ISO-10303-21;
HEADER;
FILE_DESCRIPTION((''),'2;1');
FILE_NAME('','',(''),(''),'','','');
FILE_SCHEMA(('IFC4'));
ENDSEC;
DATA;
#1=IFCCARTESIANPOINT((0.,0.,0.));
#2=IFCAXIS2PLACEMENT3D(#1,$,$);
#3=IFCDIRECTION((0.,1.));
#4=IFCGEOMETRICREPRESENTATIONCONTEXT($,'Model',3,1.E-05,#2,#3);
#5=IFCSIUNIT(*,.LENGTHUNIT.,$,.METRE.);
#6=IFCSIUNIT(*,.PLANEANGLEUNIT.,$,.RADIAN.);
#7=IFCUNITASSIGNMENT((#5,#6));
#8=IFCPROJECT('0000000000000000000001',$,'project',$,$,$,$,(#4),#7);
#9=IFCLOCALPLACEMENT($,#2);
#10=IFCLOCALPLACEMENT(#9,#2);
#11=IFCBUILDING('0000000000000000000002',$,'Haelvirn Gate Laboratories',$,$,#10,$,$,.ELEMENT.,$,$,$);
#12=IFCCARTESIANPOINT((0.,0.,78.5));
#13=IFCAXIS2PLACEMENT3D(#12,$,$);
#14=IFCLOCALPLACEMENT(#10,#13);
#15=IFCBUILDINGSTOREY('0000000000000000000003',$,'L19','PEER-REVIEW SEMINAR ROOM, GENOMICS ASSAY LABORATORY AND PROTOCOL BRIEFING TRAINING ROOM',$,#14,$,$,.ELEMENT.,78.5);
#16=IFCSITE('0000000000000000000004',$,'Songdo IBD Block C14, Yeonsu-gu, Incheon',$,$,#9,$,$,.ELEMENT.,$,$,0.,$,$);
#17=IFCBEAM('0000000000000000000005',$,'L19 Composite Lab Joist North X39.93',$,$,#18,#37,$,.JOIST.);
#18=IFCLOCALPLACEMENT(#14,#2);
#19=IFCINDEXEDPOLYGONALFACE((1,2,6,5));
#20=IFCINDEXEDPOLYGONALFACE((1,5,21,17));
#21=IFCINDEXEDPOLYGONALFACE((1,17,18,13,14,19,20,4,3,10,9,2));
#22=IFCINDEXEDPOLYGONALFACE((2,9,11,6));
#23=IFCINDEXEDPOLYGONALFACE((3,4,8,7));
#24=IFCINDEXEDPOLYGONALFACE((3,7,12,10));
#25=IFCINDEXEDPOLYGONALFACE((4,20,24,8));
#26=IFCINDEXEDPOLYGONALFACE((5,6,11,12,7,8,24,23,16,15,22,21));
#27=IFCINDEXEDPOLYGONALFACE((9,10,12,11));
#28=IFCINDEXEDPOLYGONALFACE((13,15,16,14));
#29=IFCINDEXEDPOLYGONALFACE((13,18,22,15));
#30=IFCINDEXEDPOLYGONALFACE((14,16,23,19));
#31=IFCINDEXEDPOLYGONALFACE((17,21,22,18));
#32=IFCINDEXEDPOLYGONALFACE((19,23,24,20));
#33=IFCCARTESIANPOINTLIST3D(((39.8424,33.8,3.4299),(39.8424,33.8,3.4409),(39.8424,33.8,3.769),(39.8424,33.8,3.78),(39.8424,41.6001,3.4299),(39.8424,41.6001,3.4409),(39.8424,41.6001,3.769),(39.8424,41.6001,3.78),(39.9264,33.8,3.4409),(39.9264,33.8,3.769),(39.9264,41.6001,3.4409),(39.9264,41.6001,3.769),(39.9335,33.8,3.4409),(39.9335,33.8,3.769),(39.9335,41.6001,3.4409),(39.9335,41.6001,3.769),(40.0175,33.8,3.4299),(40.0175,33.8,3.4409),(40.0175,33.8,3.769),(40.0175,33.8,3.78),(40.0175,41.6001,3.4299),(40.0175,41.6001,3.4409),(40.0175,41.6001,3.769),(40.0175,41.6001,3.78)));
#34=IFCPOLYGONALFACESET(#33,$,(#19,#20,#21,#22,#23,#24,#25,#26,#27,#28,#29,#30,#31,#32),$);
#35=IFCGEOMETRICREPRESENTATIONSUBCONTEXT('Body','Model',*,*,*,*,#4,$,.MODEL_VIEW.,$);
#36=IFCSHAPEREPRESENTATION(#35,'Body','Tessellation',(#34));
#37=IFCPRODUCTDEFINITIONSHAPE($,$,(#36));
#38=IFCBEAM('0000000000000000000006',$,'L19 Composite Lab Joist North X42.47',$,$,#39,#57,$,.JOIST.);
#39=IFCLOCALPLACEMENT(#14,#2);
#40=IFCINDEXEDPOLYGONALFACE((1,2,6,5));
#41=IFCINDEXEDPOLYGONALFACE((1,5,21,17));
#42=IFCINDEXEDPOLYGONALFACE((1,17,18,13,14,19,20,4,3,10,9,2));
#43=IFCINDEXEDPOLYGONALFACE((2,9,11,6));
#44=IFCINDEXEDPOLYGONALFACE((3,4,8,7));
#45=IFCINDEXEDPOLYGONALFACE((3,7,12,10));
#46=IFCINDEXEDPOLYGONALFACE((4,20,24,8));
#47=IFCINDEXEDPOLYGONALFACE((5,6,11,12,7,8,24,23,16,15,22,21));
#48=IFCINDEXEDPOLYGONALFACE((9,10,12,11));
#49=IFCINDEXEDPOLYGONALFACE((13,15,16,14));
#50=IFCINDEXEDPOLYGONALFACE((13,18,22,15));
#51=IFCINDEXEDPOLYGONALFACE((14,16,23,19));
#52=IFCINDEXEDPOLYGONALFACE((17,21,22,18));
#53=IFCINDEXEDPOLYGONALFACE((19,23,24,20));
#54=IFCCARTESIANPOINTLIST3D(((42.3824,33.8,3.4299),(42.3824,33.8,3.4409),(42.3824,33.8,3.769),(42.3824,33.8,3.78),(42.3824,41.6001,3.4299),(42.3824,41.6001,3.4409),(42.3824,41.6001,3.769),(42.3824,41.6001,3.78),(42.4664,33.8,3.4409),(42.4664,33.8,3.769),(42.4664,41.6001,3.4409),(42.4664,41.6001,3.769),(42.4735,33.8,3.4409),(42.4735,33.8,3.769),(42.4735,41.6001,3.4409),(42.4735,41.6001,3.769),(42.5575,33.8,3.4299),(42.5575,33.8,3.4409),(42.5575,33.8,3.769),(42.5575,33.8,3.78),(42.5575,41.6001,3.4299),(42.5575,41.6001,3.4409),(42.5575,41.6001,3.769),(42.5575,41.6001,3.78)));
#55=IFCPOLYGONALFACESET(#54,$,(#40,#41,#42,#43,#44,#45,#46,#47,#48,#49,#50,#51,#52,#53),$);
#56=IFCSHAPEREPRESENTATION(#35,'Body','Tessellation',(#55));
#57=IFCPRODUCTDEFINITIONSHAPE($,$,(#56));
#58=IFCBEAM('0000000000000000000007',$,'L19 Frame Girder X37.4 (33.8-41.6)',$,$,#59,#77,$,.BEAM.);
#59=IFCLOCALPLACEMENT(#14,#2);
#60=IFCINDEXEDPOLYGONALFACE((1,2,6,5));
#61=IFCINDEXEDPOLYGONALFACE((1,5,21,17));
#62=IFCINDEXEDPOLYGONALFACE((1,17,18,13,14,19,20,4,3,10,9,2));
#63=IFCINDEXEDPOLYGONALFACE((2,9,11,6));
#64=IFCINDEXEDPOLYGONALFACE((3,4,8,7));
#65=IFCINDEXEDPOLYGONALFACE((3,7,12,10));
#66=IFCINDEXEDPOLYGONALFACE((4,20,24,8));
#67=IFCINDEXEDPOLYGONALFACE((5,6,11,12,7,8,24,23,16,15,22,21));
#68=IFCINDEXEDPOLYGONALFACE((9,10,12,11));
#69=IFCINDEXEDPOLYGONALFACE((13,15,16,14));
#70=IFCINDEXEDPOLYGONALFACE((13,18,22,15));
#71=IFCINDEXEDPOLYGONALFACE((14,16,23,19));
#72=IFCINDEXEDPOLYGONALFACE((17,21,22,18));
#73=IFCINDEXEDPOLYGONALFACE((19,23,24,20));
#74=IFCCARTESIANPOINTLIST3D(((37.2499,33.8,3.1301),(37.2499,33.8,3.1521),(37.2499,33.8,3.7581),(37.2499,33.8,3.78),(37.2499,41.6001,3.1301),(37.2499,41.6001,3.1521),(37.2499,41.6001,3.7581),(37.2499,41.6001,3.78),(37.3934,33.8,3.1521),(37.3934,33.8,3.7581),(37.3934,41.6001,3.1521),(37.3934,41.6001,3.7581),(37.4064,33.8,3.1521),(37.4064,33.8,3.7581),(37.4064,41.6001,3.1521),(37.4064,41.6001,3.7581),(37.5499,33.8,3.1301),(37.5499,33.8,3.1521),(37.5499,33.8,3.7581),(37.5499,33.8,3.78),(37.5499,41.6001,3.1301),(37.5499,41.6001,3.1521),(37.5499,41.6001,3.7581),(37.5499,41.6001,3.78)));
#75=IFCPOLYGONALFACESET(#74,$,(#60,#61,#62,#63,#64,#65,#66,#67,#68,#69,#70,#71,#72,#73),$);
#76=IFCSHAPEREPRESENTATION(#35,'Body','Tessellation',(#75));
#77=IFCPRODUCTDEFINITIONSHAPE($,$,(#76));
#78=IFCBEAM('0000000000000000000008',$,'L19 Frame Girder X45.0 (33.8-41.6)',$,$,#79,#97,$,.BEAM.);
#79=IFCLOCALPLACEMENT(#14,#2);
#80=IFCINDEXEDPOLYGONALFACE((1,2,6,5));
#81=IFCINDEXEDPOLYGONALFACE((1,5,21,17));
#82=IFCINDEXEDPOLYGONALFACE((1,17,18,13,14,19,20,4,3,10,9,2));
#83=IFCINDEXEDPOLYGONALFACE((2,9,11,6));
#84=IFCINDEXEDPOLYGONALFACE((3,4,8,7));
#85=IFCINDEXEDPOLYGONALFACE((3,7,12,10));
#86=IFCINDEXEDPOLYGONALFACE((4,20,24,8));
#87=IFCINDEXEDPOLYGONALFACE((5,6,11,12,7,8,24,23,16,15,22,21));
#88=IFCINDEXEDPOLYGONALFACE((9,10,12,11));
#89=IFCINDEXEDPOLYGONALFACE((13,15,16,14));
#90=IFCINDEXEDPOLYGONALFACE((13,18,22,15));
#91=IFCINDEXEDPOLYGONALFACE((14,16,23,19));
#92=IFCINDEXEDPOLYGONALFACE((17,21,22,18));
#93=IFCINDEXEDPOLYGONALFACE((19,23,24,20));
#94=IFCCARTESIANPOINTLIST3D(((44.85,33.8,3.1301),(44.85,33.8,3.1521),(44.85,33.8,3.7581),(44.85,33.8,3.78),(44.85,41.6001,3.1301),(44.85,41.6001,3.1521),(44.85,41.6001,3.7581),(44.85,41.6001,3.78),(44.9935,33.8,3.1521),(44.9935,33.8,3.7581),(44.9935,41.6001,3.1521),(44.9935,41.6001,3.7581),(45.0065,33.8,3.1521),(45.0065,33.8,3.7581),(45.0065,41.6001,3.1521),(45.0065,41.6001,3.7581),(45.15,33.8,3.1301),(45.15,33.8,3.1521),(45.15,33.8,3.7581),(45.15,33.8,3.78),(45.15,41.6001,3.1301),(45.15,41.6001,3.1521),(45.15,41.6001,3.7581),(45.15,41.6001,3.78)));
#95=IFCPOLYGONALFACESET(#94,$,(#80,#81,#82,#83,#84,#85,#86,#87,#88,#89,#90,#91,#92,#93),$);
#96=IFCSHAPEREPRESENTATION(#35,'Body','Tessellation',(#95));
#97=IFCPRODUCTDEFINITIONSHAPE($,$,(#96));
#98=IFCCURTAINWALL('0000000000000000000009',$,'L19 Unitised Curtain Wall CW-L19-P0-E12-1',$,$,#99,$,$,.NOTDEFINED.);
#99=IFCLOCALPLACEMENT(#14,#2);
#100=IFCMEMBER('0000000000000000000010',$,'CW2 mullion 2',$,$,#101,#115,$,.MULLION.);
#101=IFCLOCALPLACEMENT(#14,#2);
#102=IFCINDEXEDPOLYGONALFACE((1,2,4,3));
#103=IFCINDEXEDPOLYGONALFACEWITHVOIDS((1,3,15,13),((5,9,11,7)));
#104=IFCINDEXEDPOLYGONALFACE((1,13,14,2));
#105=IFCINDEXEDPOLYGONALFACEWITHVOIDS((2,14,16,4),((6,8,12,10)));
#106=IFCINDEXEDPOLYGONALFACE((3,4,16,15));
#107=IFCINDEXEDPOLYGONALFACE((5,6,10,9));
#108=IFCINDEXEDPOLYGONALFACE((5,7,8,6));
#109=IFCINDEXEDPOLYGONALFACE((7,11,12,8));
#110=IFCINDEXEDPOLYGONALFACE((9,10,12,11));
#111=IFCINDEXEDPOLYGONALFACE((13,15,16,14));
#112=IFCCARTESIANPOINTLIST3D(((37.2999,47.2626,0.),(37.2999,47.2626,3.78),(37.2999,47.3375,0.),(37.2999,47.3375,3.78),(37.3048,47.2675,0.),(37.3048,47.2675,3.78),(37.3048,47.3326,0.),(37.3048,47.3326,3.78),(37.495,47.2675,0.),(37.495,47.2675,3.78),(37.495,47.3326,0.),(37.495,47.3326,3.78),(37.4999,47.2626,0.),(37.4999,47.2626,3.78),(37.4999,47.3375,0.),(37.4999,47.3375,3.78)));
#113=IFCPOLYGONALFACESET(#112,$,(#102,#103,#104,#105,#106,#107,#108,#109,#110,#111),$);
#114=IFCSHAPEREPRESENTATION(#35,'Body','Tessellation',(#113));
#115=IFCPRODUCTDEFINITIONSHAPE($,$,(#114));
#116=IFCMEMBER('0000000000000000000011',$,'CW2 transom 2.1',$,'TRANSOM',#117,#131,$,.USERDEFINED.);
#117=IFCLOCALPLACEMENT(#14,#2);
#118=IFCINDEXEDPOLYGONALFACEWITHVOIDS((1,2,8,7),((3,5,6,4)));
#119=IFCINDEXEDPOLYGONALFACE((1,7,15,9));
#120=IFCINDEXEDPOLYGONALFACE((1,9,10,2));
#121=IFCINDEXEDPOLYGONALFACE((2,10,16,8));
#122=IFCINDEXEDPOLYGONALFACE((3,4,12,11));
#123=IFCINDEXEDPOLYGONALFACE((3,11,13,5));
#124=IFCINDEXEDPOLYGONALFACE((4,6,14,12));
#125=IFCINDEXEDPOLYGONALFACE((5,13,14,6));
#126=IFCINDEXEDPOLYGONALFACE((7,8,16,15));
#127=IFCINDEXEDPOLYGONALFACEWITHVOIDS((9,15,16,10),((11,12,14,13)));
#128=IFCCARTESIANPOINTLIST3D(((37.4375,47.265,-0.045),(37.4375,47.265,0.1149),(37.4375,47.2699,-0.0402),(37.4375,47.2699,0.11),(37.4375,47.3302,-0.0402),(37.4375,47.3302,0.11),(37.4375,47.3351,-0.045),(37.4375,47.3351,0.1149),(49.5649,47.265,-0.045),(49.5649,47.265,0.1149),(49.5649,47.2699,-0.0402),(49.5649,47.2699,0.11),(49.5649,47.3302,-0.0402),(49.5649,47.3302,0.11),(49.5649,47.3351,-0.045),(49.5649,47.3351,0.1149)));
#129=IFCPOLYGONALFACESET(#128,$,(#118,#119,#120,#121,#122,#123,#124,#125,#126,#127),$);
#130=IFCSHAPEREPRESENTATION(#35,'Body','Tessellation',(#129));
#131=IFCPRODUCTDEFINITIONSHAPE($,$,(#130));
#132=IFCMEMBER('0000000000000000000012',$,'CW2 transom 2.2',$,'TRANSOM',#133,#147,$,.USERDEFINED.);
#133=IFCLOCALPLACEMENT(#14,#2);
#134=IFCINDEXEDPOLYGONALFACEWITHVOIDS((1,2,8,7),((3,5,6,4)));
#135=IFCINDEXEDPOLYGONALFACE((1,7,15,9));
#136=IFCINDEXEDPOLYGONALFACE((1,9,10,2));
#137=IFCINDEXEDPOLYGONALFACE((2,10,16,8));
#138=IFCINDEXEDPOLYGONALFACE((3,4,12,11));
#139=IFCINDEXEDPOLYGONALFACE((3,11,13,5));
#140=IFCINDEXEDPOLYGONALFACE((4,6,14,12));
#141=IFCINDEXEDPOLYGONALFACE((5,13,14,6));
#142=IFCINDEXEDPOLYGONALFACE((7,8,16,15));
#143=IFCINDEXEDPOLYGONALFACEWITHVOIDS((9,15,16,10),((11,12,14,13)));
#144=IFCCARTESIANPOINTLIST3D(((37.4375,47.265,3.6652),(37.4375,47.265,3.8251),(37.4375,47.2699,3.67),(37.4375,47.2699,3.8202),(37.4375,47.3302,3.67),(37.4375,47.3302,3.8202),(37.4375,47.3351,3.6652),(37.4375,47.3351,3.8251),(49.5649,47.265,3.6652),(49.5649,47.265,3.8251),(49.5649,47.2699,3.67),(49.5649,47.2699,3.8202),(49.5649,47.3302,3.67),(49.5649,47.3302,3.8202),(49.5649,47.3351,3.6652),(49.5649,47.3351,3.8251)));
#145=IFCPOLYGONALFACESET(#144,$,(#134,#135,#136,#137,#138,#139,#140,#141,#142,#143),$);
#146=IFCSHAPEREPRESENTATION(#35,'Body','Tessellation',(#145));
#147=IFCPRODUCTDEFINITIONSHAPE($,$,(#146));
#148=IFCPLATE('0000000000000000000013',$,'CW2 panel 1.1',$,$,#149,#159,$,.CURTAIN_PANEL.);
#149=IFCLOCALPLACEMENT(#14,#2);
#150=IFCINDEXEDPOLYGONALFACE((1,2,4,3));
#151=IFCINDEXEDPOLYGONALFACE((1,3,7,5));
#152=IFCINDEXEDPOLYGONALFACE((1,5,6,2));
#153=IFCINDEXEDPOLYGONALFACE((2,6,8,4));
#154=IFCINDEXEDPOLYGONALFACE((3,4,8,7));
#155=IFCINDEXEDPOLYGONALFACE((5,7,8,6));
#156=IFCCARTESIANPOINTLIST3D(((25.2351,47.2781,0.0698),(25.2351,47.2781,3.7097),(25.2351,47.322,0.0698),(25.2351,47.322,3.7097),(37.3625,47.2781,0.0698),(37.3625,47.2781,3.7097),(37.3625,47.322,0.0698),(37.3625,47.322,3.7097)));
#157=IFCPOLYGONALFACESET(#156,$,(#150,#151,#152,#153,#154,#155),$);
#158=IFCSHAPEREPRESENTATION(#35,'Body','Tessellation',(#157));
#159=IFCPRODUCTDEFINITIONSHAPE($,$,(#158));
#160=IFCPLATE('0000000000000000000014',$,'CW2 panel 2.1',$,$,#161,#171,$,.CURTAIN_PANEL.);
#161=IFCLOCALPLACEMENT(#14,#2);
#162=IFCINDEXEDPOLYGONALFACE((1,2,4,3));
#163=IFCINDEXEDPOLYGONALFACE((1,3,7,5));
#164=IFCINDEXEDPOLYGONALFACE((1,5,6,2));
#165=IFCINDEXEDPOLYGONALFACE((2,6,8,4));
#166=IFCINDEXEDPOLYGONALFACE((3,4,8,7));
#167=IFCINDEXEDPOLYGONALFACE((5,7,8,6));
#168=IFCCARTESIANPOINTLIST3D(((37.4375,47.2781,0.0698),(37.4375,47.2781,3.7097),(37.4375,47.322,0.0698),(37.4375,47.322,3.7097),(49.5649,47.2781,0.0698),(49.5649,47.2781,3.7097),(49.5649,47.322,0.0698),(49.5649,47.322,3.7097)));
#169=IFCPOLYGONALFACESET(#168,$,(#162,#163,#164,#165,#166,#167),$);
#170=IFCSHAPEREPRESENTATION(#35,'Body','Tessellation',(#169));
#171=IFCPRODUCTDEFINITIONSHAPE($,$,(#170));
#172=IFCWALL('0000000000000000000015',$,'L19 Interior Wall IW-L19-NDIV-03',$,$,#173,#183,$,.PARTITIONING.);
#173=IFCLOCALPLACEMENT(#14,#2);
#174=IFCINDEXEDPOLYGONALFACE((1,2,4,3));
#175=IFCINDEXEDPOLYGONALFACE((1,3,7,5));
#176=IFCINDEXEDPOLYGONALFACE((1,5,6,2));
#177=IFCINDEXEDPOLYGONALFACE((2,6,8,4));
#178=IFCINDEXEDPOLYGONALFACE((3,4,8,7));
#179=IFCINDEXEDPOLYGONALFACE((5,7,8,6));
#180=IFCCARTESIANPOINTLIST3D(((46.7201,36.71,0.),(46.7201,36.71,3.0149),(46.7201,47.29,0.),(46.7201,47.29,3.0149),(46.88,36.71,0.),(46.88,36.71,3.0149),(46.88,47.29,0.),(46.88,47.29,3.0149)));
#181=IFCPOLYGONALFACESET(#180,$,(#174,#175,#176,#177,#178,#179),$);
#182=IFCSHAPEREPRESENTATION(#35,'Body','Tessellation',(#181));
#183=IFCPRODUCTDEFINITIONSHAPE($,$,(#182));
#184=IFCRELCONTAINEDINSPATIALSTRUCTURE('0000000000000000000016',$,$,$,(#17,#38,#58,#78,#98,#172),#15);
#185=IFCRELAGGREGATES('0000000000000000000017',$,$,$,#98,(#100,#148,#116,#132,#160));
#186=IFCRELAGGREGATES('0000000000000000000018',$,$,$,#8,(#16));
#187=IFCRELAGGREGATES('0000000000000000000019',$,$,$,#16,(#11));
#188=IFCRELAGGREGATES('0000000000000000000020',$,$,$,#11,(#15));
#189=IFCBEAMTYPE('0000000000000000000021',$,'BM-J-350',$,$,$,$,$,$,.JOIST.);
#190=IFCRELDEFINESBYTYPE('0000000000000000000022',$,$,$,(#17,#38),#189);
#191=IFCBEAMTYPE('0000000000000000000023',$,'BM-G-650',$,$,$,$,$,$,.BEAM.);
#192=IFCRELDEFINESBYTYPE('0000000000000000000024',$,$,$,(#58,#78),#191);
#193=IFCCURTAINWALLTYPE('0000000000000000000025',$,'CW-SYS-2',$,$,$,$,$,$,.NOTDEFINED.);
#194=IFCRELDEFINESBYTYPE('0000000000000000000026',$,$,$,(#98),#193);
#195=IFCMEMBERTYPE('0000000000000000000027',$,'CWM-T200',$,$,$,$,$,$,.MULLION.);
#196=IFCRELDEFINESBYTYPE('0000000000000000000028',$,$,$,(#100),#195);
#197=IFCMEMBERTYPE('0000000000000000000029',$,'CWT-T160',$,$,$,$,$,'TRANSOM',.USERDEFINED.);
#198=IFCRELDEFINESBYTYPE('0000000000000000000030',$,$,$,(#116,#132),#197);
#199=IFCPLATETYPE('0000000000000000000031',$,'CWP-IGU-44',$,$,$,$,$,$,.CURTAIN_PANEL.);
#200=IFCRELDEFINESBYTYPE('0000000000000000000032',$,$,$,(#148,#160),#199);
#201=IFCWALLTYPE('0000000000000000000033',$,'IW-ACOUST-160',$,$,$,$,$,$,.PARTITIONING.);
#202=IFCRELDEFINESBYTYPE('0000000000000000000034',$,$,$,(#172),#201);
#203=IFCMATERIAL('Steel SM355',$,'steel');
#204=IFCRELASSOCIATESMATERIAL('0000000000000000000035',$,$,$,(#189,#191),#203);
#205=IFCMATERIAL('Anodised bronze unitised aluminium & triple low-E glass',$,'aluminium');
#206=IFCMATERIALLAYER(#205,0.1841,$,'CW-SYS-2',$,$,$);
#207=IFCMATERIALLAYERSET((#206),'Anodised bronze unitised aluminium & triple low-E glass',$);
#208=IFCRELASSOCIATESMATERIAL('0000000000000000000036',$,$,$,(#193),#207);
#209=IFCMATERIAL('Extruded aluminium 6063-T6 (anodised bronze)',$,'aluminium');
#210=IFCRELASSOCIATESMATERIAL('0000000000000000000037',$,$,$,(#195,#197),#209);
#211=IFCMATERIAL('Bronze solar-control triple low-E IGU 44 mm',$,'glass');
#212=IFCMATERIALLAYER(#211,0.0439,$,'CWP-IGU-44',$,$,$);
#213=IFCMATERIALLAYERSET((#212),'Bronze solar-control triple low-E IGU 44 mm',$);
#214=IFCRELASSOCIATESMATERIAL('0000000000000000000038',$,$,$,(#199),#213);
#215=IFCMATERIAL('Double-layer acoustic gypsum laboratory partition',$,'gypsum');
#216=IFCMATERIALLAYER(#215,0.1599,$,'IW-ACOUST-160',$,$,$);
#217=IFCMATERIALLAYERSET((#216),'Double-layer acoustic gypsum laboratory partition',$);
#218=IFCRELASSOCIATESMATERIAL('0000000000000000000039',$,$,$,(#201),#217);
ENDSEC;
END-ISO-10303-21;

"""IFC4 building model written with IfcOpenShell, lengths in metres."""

from ifc_helpers import new_model, si_unit, direction, frame, frame_2d, origin, origin_2d, place, context, subcontext, project, spatial, rectangle, hollow_rectangle, i_section, extrude, source, transform, mapped, material, layer, layer_set, material_profile, profile_set, type_object, type_shapes, element, aggregate, save


model = new_model("IFC4")

# Units and contexts
model_context = context("Model", 3, precision=1e-05, world=origin(), true_north=direction((0.0, 1.0)))
body_context = subcontext(model_context, "Body", "Model", "MODEL_VIEW")
ifc_project = project(units=[si_unit("LENGTHUNIT", "METRE"), si_unit("PLANEANGLEUNIT", "RADIAN")], contexts=[model_context])

# Site, building, storey
site_placement = place(None, origin())
site = spatial("IfcSite", under=ifc_project, at=site_placement, Name="Songdo IBD Block C14, Yeonsu-gu, Incheon", CompositionType="ELEMENT", RefElevation=0.0)
building_placement = place(site_placement, origin())
building = spatial("IfcBuilding", under=site, at=building_placement, Name="Haelvirn Gate Laboratories", CompositionType="ELEMENT")
storey_placement = place(building_placement, frame((0.0, 0.0, 78.5)))
storey = spatial("IfcBuildingStorey", under=building, at=storey_placement, Name="L19", Description="PEER-REVIEW SEMINAR ROOM, GENOMICS ASSAY LABORATORY AND PROTOCOL BRIEFING TRAINING ROOM", CompositionType="ELEMENT", Elevation=78.5)

# Beams
ifc_material_1 = material(Name="Steel SM355", Category="steel")
ifc_material_profile_1 = material_profile(ifc_material_1, i_section(OverallWidth=0.175, OverallDepth=0.3501, WebThickness=0.0071, FlangeThickness=0.011, at=origin_2d()), Name="H-350x175x7x11")
ifc_profile_set_1 = profile_set([ifc_material_profile_1], Name="Steel SM355")
beam_type_1 = type_object("IfcBeamType", Name="BM-J-350", PredefinedType="JOIST", material=ifc_profile_set_1)
shared_shape_1 = source(origin(), body_context, "Body", "SweptSolid", [
    extrude(i_section(OverallWidth=0.175, OverallDepth=0.3501, WebThickness=0.0071, FlangeThickness=0.011, at=origin_2d()), origin(), (0.0, 0.0, 1.0), 7.8),
])
type_shapes(beam_type_1, [shared_shape_1])
for number, where, z_axis, x_axis, name in (
    (1, (39.9299, 33.8, 3.605), (0.0, 1.0, 0.0), (-1.0, 0.0, 0.0), "L19 Composite Lab Joist North X39.93"),
    (2, (42.47, 33.8, 3.605), (0.0, 1.0, 0.0), (-1.0, 0.0, 0.0), "L19 Composite Lab Joist North X42.47"),
):
    element("IfcBeam", number, at=place(storey_placement, frame(where, z_axis=z_axis, x_axis=x_axis)), inside=storey, type_object=beam_type_1, Name=name, PredefinedType="JOIST", context=body_context, shape_type="MappedRepresentation", body=[
        mapped(shared_shape_1, transform((0.0, 0.0, 0.0), scale=1.0)),
    ])
ifc_material_profile_2 = material_profile(ifc_material_1, i_section(OverallWidth=0.3, OverallDepth=0.6499, WebThickness=0.0129, FlangeThickness=0.022, at=origin_2d()), Name="H-650x300x13x22")
ifc_profile_set_2 = profile_set([ifc_material_profile_2], Name="Steel SM355")
beam_type_2 = type_object("IfcBeamType", Name="BM-G-650", PredefinedType="BEAM", material=ifc_profile_set_2)
shared_shape_2 = source(origin(), body_context, "Body", "SweptSolid", [
    extrude(i_section(OverallWidth=0.3, OverallDepth=0.6499, WebThickness=0.0129, FlangeThickness=0.022, at=origin_2d()), origin(), (0.0, 0.0, 1.0), 7.8),
])
type_shapes(beam_type_2, [shared_shape_2])
for number, where, z_axis, x_axis, name in (
    (3, (37.3999, 33.8, 3.4551), (0.0, 1.0, 0.0), (-1.0, 0.0, 0.0), "L19 Frame Girder X37.4 (33.8-41.6)"),
    (4, (45.0, 33.8, 3.4551), (0.0, 1.0, 0.0), (-1.0, 0.0, 0.0), "L19 Frame Girder X45.0 (33.8-41.6)"),
):
    element("IfcBeam", number, at=place(storey_placement, frame(where, z_axis=z_axis, x_axis=x_axis)), inside=storey, type_object=beam_type_2, Name=name, PredefinedType="BEAM", context=body_context, shape_type="MappedRepresentation", body=[
        mapped(shared_shape_2, transform((0.0, 0.0, 0.0), scale=1.0)),
    ])

# Curtain wall, members, plates
ifc_material_2 = material(Name="Anodised bronze unitised aluminium & triple low-E glass", Category="aluminium")
ifc_layer_1 = layer(ifc_material_2, 0.1841, Name="CW-SYS-2")
ifc_layer_set_1 = layer_set([ifc_layer_1], Name="Anodised bronze unitised aluminium & triple low-E glass")
curtain_wall_type = type_object("IfcCurtainWallType", Name="CW-SYS-2", PredefinedType="NOTDEFINED", material=ifc_layer_set_1)
curtain_wall_placement = place(storey_placement, origin())
curtain_wall = element("IfcCurtainWall", 5, at=curtain_wall_placement, inside=storey, type_object=curtain_wall_type, Name="L19 Unitised Curtain Wall CW-L19-P0-E12-1", PredefinedType="NOTDEFINED")
ifc_material_3 = material(Name="Extruded aluminium 6063-T6 (anodised bronze)", Category="aluminium")
ifc_material_profile_3 = material_profile(ifc_material_3, hollow_rectangle(XDim=0.075, YDim=0.2, WallThickness=0.0049, at=origin_2d()), Name="CWM-200x75x5")
ifc_profile_set_3 = profile_set([ifc_material_profile_3], Name="Extruded aluminium 6063-T6 (anodised bronze)")
member_type_1 = type_object("IfcMemberType", Name="CWM-T200", PredefinedType="MULLION", material=ifc_profile_set_3)
shared_shape_3 = source(origin(), body_context, "Body", "SweptSolid", [
    extrude(hollow_rectangle(XDim=0.075, YDim=0.2, WallThickness=0.0049, at=origin_2d()), origin(), (0.0, 0.0, 1.0), 3.78),
])
type_shapes(member_type_1, [shared_shape_3])
member_1_placement = place(storey_placement, frame((37.3999, 47.3, 0.0), z_axis=(0.0, 0.0, 1.0), x_axis=(0.0, 1.0, 0.0)))
member_1 = element("IfcMember", 6, at=member_1_placement, type_object=member_type_1, Name="CW2 mullion 2", PredefinedType="MULLION", context=body_context, shape_type="MappedRepresentation", body=[
    mapped(shared_shape_3, transform((0.0, 0.0, 0.0), scale=1.0)),
])
ifc_material_profile_4 = material_profile(ifc_material_3, hollow_rectangle(XDim=0.0701, YDim=0.1599, WallThickness=0.0049, at=origin_2d()), Name="CWT-160x70x5")
ifc_profile_set_4 = profile_set([ifc_material_profile_4], Name="Extruded aluminium 6063-T6 (anodised bronze)")
member_type_2 = type_object("IfcMemberType", Name="CWT-T160", ElementType="TRANSOM", PredefinedType="USERDEFINED", material=ifc_profile_set_4)
shared_shape_4 = source(origin(), body_context, "Body", "SweptSolid", [
    extrude(hollow_rectangle(XDim=0.0701, YDim=0.1599, WallThickness=0.0049, at=origin_2d()), origin(), (0.0, 0.0, 1.0), 12.1274),
])
type_shapes(member_type_2, [shared_shape_4])
member_2_placement = place(storey_placement, frame((37.4375, 47.3, 0.0349), z_axis=(1.0, 0.0, 0.0), x_axis=(0.0, 1.0, 0.0)))
member_2 = element("IfcMember", 7, at=member_2_placement, type_object=member_type_2, Name="CW2 transom 2.1", ObjectType="TRANSOM", PredefinedType="USERDEFINED", context=body_context, shape_type="MappedRepresentation", body=[
    mapped(shared_shape_4, transform((0.0, 0.0, 0.0), scale=1.0)),
])
member_3_placement = place(storey_placement, frame((37.4375, 47.3, 3.7451), z_axis=(1.0, 0.0, 0.0), x_axis=(0.0, 1.0, 0.0)))
member_3 = element("IfcMember", 8, at=member_3_placement, type_object=member_type_2, Name="CW2 transom 2.2", ObjectType="TRANSOM", PredefinedType="USERDEFINED", context=body_context, shape_type="MappedRepresentation", body=[
    mapped(shared_shape_4, transform((0.0, 0.0, 0.0), scale=1.0)),
])
ifc_material_4 = material(Name="Bronze solar-control triple low-E IGU 44 mm", Category="glass")
ifc_layer_2 = layer(ifc_material_4, 0.0439, Name="CWP-IGU-44")
ifc_layer_set_2 = layer_set([ifc_layer_2], Name="Bronze solar-control triple low-E IGU 44 mm")
plate_type = type_object("IfcPlateType", Name="CWP-IGU-44", PredefinedType="CURTAIN_PANEL", material=ifc_layer_set_2)
shared_shape_5 = source(origin(), body_context, "Body", "SweptSolid", [
    extrude(rectangle(XDim=12.1274, YDim=0.0439, at=origin_2d()), origin(), (0.0, 0.0, 1.0), 3.6399),
])
type_shapes(plate_type, [shared_shape_5])
plate_1_placement = place(storey_placement, frame((31.2988, 47.3, 0.0698), z_axis=(0.0, 0.0, 1.0), x_axis=(1.0, 0.0, 0.0)))
plate_1 = element("IfcPlate", 9, at=plate_1_placement, type_object=plate_type, Name="CW2 panel 1.1", PredefinedType="CURTAIN_PANEL", context=body_context, shape_type="MappedRepresentation", body=[
    mapped(shared_shape_5, transform((0.0, 0.0, 0.0), scale=1.0)),
])
plate_2_placement = place(storey_placement, frame((43.5012, 47.3, 0.0698), z_axis=(0.0, 0.0, 1.0), x_axis=(1.0, 0.0, 0.0)))
plate_2 = element("IfcPlate", 10, at=plate_2_placement, type_object=plate_type, Name="CW2 panel 2.1", PredefinedType="CURTAIN_PANEL", context=body_context, shape_type="MappedRepresentation", body=[
    mapped(shared_shape_5, transform((0.0, 0.0, 0.0), scale=1.0)),
])
aggregate(curtain_wall, [member_1, plate_1, member_2, member_3, plate_2])

# Wall
ifc_material_5 = material(Name="Double-layer acoustic gypsum laboratory partition", Category="gypsum")
ifc_layer_3 = layer(ifc_material_5, 0.1599, Name="IW-ACOUST-160")
ifc_layer_set_3 = layer_set([ifc_layer_3], Name="Double-layer acoustic gypsum laboratory partition")
wall_type_1 = type_object("IfcWallType", Name="IW-ACOUST-160", PredefinedType="PARTITIONING", material=ifc_layer_set_3)
wall_1_placement = place(storey_placement, frame((46.8, 36.71, 0.0), z_axis=(0.0, 0.0, 1.0), x_axis=(0.0, 1.0, 0.0)))
element("IfcWall", 11, at=wall_1_placement, inside=storey, type_object=wall_type_1, Name="L19 Interior Wall IW-L19-NDIV-03", PredefinedType="PARTITIONING", context=body_context, shape_type="SweptSolid", body=[
    extrude(rectangle(XDim=10.5801, YDim=0.1599, at=frame_2d((5.29, 0.0))), origin(), (0.0, 0.0, 1.0), 3.0149),
])

save(model, "model.ifc")
